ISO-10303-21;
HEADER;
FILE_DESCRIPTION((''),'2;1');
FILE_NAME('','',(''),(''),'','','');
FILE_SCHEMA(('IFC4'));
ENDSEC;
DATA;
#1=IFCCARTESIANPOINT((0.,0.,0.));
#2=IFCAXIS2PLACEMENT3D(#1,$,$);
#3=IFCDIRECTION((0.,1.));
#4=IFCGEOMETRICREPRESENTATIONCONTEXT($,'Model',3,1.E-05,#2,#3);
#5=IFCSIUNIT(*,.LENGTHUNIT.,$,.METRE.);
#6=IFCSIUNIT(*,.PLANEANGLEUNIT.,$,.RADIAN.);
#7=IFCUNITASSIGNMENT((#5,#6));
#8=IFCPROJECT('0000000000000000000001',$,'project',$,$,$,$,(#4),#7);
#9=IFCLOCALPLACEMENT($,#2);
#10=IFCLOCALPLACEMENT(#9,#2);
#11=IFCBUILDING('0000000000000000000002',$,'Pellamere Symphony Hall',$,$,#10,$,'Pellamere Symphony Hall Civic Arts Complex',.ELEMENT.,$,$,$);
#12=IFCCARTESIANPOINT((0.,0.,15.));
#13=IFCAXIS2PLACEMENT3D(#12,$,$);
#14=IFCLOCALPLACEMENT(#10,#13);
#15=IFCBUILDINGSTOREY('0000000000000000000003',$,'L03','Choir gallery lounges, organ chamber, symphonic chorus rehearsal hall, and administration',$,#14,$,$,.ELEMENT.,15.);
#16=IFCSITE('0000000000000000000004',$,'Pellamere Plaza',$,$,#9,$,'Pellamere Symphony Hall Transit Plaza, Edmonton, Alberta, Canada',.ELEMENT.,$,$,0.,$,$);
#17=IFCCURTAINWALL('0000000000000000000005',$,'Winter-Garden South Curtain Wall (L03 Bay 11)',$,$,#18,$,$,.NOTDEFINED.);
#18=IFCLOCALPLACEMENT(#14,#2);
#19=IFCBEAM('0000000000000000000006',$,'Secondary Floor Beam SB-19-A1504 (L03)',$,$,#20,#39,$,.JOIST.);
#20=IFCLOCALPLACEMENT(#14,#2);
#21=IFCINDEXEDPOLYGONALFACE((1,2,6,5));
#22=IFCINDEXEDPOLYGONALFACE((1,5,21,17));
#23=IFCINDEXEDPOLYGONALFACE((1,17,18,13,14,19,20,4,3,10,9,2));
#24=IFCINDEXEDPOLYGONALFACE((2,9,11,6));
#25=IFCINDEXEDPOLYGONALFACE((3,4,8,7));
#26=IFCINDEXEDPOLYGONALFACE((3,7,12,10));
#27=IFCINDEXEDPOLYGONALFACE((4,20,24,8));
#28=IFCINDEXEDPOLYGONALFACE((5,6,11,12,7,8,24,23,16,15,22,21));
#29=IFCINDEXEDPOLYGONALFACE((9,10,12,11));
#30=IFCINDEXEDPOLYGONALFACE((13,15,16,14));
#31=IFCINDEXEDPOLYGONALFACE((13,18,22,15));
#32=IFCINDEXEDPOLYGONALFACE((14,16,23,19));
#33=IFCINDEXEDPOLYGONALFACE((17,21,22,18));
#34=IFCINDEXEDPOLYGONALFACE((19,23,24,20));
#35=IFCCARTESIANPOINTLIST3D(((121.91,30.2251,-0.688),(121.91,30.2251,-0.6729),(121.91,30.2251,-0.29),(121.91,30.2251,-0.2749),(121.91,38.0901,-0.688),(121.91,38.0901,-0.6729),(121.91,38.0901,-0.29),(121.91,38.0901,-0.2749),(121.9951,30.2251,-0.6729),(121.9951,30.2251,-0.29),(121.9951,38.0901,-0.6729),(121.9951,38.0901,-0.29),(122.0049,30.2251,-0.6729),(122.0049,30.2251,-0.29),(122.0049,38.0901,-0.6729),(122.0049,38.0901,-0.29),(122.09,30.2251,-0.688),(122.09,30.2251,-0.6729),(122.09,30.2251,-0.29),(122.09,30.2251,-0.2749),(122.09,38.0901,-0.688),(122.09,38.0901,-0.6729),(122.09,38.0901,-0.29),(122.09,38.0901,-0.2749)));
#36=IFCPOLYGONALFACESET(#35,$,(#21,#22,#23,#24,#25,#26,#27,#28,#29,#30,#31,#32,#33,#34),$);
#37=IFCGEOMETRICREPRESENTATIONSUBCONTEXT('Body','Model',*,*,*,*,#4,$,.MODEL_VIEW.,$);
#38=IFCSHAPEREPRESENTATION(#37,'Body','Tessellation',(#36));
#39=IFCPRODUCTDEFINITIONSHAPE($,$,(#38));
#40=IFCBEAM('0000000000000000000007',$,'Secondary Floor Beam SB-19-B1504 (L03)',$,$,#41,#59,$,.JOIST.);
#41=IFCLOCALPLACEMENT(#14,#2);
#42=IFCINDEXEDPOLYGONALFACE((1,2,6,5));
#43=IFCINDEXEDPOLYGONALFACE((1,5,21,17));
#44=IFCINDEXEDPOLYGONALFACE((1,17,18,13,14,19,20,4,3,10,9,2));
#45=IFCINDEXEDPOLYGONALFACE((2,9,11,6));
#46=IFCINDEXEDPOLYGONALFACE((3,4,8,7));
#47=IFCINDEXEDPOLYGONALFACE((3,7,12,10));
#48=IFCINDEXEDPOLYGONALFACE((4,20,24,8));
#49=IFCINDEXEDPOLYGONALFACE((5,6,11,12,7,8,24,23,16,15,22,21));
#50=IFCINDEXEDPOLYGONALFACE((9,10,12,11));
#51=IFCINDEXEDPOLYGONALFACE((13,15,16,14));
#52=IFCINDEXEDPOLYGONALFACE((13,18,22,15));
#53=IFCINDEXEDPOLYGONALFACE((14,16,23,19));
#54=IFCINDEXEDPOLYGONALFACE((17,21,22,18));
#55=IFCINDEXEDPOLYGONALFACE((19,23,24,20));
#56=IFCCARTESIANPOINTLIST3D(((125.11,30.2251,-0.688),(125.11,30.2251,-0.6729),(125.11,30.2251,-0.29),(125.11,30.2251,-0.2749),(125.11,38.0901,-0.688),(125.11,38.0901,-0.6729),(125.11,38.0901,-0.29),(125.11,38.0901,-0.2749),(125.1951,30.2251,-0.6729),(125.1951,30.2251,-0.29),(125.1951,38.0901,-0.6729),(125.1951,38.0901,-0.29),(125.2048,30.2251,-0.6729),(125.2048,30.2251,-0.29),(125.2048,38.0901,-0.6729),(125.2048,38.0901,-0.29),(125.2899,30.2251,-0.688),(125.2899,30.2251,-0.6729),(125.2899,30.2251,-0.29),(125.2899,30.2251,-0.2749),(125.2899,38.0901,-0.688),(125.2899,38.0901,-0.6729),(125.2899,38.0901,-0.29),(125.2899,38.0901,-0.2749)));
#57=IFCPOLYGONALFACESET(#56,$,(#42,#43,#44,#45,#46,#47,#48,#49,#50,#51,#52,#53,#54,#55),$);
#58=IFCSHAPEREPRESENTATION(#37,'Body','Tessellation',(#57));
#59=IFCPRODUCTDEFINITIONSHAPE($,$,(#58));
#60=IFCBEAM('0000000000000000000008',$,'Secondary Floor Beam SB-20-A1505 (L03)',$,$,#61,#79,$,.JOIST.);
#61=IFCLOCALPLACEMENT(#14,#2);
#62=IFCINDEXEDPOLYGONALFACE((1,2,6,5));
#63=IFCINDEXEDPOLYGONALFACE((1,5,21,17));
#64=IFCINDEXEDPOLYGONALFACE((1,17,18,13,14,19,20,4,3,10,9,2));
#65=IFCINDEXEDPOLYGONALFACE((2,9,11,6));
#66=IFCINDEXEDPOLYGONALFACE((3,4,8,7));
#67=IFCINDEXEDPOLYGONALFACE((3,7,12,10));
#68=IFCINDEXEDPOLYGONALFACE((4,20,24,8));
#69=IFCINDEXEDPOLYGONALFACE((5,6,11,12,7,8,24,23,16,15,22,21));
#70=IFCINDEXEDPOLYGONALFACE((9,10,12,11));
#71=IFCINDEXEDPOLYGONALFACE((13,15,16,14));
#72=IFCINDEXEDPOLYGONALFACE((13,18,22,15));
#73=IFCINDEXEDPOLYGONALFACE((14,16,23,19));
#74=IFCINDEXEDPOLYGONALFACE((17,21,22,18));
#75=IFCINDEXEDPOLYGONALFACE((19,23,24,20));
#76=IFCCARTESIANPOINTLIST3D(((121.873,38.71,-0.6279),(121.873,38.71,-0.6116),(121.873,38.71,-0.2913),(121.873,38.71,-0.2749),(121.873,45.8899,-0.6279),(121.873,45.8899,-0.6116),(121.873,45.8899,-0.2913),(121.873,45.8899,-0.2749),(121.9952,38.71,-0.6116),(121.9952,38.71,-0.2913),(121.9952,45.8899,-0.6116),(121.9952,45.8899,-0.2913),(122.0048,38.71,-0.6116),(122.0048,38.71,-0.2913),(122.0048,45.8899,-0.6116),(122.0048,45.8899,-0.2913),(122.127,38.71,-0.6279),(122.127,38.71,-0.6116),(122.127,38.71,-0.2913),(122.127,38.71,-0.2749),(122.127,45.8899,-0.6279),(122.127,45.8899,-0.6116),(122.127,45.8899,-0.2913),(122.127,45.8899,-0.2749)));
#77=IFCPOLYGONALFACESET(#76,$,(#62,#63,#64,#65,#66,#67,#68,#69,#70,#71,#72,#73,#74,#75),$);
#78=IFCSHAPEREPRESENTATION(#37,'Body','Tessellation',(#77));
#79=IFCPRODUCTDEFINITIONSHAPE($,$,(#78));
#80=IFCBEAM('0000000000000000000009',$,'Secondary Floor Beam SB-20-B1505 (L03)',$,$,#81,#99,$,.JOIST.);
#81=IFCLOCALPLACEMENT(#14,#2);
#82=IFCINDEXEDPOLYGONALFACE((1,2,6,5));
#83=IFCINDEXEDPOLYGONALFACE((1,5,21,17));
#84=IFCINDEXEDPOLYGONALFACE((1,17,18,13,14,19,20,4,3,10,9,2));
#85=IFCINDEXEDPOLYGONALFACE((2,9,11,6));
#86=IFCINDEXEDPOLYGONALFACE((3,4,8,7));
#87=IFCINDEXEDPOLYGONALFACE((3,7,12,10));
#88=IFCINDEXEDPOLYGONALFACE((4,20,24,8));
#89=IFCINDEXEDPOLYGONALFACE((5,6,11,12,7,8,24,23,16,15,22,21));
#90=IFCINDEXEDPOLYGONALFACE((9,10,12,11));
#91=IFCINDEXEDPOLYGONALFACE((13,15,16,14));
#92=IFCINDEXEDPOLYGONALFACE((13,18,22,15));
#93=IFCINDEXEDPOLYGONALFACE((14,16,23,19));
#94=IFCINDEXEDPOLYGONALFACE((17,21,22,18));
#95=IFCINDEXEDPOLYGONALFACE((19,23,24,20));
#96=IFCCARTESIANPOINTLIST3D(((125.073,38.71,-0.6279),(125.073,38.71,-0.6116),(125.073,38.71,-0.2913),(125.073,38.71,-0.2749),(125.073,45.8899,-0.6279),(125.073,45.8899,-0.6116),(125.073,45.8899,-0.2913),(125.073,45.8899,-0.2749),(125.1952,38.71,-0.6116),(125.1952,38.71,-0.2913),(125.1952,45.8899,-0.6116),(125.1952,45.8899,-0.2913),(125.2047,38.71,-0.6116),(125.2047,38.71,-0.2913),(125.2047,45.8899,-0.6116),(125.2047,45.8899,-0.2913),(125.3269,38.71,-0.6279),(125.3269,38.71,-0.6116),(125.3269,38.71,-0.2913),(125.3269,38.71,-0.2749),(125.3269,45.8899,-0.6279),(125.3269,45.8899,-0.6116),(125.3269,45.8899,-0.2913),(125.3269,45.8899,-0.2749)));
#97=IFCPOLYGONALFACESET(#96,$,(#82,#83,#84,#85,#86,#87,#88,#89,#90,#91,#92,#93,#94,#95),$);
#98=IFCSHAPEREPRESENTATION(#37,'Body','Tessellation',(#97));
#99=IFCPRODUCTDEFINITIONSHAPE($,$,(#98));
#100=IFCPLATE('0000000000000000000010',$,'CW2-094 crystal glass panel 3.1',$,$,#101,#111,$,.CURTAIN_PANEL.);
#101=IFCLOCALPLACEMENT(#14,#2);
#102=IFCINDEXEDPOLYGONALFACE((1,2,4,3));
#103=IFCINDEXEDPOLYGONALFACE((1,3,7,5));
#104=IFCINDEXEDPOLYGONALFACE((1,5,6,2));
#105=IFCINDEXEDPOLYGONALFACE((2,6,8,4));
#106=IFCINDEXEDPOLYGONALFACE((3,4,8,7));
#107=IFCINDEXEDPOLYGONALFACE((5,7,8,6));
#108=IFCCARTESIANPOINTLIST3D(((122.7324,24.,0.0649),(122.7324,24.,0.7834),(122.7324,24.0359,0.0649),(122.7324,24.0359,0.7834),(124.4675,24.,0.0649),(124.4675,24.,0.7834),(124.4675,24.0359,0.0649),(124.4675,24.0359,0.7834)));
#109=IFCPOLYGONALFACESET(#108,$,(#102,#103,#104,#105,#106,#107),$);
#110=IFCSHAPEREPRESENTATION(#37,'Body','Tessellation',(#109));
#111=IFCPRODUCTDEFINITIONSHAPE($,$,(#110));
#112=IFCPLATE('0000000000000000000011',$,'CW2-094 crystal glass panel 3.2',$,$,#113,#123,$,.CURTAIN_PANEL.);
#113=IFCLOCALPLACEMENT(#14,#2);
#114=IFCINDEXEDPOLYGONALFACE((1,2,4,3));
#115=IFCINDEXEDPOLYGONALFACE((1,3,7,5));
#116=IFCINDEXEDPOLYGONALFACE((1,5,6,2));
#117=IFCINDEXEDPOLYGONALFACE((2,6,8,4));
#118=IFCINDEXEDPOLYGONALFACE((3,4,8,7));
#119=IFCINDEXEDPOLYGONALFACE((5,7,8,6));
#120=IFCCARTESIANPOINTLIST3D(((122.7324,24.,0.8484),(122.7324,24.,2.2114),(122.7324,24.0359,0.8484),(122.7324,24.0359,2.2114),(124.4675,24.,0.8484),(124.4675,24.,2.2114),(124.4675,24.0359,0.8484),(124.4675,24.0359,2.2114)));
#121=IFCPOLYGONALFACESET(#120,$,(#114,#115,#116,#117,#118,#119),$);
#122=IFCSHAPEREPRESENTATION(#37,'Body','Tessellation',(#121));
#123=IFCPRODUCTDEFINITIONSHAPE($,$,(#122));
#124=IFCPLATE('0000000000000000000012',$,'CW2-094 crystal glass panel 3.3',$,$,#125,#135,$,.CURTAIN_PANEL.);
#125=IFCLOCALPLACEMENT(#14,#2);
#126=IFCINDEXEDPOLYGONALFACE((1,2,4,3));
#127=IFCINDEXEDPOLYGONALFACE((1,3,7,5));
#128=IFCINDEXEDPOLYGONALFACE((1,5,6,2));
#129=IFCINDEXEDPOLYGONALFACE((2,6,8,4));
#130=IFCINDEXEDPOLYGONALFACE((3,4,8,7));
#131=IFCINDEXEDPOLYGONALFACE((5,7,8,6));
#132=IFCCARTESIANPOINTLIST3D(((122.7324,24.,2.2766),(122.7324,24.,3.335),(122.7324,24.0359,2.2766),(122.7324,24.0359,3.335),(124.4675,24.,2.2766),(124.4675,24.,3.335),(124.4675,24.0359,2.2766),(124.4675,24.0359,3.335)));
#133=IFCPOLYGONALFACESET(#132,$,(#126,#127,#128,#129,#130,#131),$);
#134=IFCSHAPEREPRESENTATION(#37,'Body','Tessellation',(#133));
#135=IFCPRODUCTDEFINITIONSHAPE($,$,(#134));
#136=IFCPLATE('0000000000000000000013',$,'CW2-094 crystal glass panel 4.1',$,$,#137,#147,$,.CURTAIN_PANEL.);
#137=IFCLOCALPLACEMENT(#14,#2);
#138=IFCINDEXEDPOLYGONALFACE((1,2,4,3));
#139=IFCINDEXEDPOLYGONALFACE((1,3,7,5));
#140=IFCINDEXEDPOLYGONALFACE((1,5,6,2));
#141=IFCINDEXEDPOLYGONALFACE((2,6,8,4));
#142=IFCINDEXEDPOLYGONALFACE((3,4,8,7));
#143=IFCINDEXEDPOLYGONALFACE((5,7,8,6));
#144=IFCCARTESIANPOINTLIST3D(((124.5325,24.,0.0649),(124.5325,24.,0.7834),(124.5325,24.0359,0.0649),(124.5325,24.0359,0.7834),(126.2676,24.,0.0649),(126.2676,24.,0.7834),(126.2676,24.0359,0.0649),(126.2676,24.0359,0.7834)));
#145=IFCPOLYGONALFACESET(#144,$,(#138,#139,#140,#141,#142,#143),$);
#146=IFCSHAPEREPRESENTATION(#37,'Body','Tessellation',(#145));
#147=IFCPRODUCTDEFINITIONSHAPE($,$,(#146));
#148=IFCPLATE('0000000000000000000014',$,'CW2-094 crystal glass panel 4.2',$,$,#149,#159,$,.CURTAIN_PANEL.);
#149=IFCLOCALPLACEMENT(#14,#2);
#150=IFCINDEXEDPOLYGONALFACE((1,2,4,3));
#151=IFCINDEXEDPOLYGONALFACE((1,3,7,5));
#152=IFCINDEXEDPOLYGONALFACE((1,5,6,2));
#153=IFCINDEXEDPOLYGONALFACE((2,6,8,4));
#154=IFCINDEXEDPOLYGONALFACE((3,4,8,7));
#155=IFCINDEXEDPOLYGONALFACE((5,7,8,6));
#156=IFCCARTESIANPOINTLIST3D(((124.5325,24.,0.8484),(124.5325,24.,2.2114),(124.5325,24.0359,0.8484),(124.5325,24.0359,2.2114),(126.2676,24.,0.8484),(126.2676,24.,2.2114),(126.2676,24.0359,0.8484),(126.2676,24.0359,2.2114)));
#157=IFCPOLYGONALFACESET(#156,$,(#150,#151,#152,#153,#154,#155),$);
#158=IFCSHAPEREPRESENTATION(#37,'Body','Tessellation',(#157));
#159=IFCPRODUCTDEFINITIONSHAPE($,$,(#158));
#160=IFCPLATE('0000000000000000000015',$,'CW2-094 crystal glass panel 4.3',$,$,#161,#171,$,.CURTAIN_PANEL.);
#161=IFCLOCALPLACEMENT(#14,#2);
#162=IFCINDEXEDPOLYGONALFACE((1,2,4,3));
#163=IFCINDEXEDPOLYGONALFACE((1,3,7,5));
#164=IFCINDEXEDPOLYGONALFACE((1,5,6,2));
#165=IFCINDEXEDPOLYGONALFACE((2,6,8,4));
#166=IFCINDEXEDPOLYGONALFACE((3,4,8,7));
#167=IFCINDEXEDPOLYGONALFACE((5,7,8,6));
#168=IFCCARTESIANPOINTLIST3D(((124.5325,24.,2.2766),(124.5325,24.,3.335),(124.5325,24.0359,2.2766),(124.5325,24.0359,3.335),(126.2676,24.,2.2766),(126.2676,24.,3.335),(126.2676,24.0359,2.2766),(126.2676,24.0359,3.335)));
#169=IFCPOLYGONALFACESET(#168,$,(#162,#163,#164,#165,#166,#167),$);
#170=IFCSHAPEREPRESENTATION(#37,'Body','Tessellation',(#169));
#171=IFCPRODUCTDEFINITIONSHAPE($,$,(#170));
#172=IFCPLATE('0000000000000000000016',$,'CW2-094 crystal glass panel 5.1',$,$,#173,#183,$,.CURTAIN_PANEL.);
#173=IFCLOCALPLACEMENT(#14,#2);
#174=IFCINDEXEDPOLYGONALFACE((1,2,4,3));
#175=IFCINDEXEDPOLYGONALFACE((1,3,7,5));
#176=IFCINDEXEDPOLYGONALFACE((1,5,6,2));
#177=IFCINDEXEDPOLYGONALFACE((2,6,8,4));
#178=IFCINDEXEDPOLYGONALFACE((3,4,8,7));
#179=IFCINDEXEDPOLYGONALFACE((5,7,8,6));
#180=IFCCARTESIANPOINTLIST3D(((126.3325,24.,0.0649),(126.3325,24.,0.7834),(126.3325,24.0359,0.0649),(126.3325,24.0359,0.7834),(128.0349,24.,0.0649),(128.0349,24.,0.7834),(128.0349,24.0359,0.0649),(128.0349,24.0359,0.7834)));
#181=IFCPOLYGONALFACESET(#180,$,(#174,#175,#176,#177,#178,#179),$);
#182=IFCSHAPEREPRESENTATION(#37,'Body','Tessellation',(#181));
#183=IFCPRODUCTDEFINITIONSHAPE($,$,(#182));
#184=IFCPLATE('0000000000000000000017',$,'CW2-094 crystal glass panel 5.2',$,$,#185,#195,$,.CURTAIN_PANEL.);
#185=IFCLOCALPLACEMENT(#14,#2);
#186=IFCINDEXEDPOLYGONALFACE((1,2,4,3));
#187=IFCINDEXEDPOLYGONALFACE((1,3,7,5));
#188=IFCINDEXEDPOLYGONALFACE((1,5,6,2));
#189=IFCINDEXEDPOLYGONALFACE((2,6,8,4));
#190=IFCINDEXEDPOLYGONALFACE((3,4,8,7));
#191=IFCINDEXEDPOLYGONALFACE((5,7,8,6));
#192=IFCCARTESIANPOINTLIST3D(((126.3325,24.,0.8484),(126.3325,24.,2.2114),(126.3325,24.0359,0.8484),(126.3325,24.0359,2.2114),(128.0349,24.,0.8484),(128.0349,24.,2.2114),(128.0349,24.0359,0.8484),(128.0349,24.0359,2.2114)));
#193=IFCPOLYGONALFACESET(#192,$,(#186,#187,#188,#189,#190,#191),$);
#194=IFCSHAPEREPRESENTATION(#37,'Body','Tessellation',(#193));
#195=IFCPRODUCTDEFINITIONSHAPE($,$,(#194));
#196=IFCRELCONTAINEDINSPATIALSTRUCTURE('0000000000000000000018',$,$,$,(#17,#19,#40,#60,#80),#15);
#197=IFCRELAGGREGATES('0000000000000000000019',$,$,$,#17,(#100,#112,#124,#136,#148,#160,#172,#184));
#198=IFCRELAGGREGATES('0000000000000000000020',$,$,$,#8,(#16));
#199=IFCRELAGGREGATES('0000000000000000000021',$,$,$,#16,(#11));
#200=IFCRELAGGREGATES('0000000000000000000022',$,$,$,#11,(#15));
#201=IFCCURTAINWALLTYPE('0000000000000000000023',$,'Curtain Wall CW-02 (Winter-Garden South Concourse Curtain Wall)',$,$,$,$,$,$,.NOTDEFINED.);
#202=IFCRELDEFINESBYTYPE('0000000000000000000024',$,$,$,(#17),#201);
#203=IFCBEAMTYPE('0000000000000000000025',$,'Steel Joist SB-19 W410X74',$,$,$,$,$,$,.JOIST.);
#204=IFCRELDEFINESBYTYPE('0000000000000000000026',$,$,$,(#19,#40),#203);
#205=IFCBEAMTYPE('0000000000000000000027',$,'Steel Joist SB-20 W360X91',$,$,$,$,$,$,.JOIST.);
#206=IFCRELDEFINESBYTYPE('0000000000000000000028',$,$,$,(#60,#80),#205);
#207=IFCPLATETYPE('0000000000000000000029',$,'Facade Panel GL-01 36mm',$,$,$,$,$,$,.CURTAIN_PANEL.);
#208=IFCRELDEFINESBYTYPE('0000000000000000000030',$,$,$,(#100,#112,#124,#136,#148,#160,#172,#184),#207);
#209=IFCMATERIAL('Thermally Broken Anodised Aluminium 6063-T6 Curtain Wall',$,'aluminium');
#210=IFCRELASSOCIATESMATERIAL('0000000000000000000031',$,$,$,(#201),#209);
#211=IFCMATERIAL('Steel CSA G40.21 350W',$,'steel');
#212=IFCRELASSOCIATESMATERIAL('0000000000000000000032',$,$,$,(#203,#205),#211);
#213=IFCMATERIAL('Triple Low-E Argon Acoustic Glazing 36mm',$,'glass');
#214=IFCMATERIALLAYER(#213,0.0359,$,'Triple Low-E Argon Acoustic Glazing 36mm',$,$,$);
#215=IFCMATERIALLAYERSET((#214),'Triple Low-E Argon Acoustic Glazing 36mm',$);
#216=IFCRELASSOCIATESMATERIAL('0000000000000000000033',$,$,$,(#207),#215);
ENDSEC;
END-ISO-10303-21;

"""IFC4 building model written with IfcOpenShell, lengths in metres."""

from ifc_helpers import new_model, si_unit, direction, frame, origin, origin_2d, place, context, subcontext, project, spatial, polyline, i_section, outline, extrude, material, layer, layer_set, material_profile, profile_set, type_object, element, aggregate, save


model = new_model("IFC4")

# Units and contexts
model_context = context("Model", 3, precision=1e-05, world=origin(), true_north=direction((0.0, 1.0)))
body_context = subcontext(model_context, "Body", "Model", "MODEL_VIEW")
ifc_project = project(units=[si_unit("LENGTHUNIT", "METRE"), si_unit("PLANEANGLEUNIT", "RADIAN")], contexts=[model_context])

# Site, building, storey
site_placement = place(None, origin())
site = spatial("IfcSite", under=ifc_project, at=site_placement, Name="Pellamere Plaza", LongName="Pellamere Symphony Hall Transit Plaza, Edmonton, Alberta, Canada", CompositionType="ELEMENT", RefElevation=0.0)
building_placement = place(site_placement, origin())
building = spatial("IfcBuilding", under=site, at=building_placement, Name="Pellamere Symphony Hall", LongName="Pellamere Symphony Hall Civic Arts Complex", CompositionType="ELEMENT")
storey_placement = place(building_placement, frame((0.0, 0.0, 15.0)))
storey = spatial("IfcBuildingStorey", under=building, at=storey_placement, Name="L03", Description="Choir gallery lounges, organ chamber, symphonic chorus rehearsal hall, and administration", CompositionType="ELEMENT", Elevation=15.0)

# Curtain wall
ifc_material_1 = material(Name="Thermally Broken Anodised Aluminium 6063-T6 Curtain Wall", Category="aluminium")
curtain_wall_type_1 = type_object("IfcCurtainWallType", Name="Curtain Wall CW-02 (Winter-Garden South Concourse Curtain Wall)", PredefinedType="NOTDEFINED", material=ifc_material_1)
curtain_wall_1_placement = place(storey_placement, origin())
curtain_wall_1 = element("IfcCurtainWall", 1, at=curtain_wall_1_placement, inside=storey, type_object=curtain_wall_type_1, Name="Winter-Garden South Curtain Wall (L03 Bay 11)", PredefinedType="NOTDEFINED")

# Beams
ifc_material_2 = material(Name="Steel CSA G40.21 350W", Category="steel")
ifc_material_profile_1 = material_profile(ifc_material_2, i_section(OverallWidth=0.1799, OverallDepth=0.4131, WebThickness=0.0098, FlangeThickness=0.0151, at=origin_2d()), Name="W410X74")
ifc_profile_set_1 = profile_set([ifc_material_profile_1], Name="Steel CSA G40.21 350W")
beam_type_1 = type_object("IfcBeamType", Name="Steel Joist SB-19 W410X74", PredefinedType="JOIST", material=ifc_profile_set_1)
for number, where, z_axis, x_axis, name in (
    (2, (122.0, 30.2251, -0.4814), (0.0, 1.0, 0.0), (-1.0, 0.0, 0.0), "Secondary Floor Beam SB-19-A1504 (L03)"),
    (3, (125.2, 30.2251, -0.4814), (0.0, 1.0, 0.0), (-1.0, 0.0, 0.0), "Secondary Floor Beam SB-19-B1504 (L03)"),
):
    element("IfcBeam", number, at=place(storey_placement, frame(where, z_axis=z_axis, x_axis=x_axis)), inside=storey, type_object=beam_type_1, Name=name, PredefinedType="JOIST", context=body_context, shape_type="SweptSolid", body=[
        extrude(i_section(OverallWidth=0.1799, OverallDepth=0.4131, WebThickness=0.0098, FlangeThickness=0.0151, at=origin_2d()), origin(), (0.0, 0.0, 1.0), 7.865),
    ])
ifc_material_profile_2 = material_profile(ifc_material_2, i_section(OverallWidth=0.2539, OverallDepth=0.353, WebThickness=0.0095, FlangeThickness=0.0164, at=origin_2d()), Name="W360X91")
ifc_profile_set_2 = profile_set([ifc_material_profile_2], Name="Steel CSA G40.21 350W")
beam_type_2 = type_object("IfcBeamType", Name="Steel Joist SB-20 W360X91", PredefinedType="JOIST", material=ifc_profile_set_2)
for number, where, z_axis, x_axis, name in (
    (4, (122.0, 38.71, -0.4514), (0.0, 1.0, 0.0), (-1.0, 0.0, 0.0), "Secondary Floor Beam SB-20-A1505 (L03)"),
    (5, (125.2, 38.71, -0.4514), (0.0, 1.0, 0.0), (-1.0, 0.0, 0.0), "Secondary Floor Beam SB-20-B1505 (L03)"),
):
    element("IfcBeam", number, at=place(storey_placement, frame(where, z_axis=z_axis, x_axis=x_axis)), inside=storey, type_object=beam_type_2, Name=name, PredefinedType="JOIST", context=body_context, shape_type="SweptSolid", body=[
        extrude(i_section(OverallWidth=0.2539, OverallDepth=0.353, WebThickness=0.0095, FlangeThickness=0.0164, at=origin_2d()), origin(), (0.0, 0.0, 1.0), 7.1799),
    ])

# Plates
ifc_material_3 = material(Name="Triple Low-E Argon Acoustic Glazing 36mm", Category="glass")
ifc_layer = layer(ifc_material_3, 0.0359, Name="Triple Low-E Argon Acoustic Glazing 36mm")
ifc_layer_set = layer_set([ifc_layer], Name="Triple Low-E Argon Acoustic Glazing 36mm")
plate_type = type_object("IfcPlateType", Name="Facade Panel GL-01 36mm", PredefinedType="CURTAIN_PANEL", material=ifc_layer_set)
plate_1_placement = place(storey_placement, frame((122.7324, 24.0, 0.0649), z_axis=(0.0, -1.0, 0.0), x_axis=(1.0, 0.0, 0.0)))
plate_1 = element("IfcPlate", 6, at=plate_1_placement, type_object=plate_type, Name="CW2-094 crystal glass panel 3.1", PredefinedType="CURTAIN_PANEL", context=body_context, shape_type="SweptSolid", body=[
    extrude(outline(polyline([(0.0, 0.0), (1.7351, 0.0), (1.7351, 0.7185), (0.0, 0.7185), (0.0, 0.0)])), origin(), (0.0, 0.0, -1.0), 0.0359),
])
plate_2_placement = place(storey_placement, frame((122.7324, 24.0, 0.8484), z_axis=(0.0, -1.0, 0.0), x_axis=(1.0, 0.0, 0.0)))
plate_2 = element("IfcPlate", 7, at=plate_2_placement, type_object=plate_type, Name="CW2-094 crystal glass panel 3.2", PredefinedType="CURTAIN_PANEL", context=body_context, shape_type="SweptSolid", body=[
    extrude(outline(polyline([(0.0, 0.0), (1.7351, 0.0), (1.7351, 1.363), (0.0, 1.363), (0.0, 0.0)])), origin(), (0.0, 0.0, -1.0), 0.0359),
])
plate_3_placement = place(storey_placement, frame((122.7324, 24.0, 2.2766), z_axis=(0.0, -1.0, 0.0), x_axis=(1.0, 0.0, 0.0)))
plate_3 = element("IfcPlate", 8, at=plate_3_placement, type_object=plate_type, Name="CW2-094 crystal glass panel 3.3", PredefinedType="CURTAIN_PANEL", context=body_context, shape_type="SweptSolid", body=[
    extrude(outline(polyline([(0.0, 0.0), (1.7351, 0.0), (1.7351, 1.0583), (0.0, 1.0583), (0.0, 0.0)])), origin(), (0.0, 0.0, -1.0), 0.0359),
])
plate_4_placement = place(storey_placement, frame((124.5325, 24.0, 0.0649), z_axis=(0.0, -1.0, 0.0), x_axis=(1.0, 0.0, 0.0)))
plate_4 = element("IfcPlate", 9, at=plate_4_placement, type_object=plate_type, Name="CW2-094 crystal glass panel 4.1", PredefinedType="CURTAIN_PANEL", context=body_context, shape_type="SweptSolid", body=[
    extrude(outline(polyline([(0.0, 0.0), (1.7351, 0.0), (1.7351, 0.7185), (0.0, 0.7185), (0.0, 0.0)])), origin(), (0.0, 0.0, -1.0), 0.0359),
])
plate_5_placement = place(storey_placement, frame((124.5325, 24.0, 0.8484), z_axis=(0.0, -1.0, 0.0), x_axis=(1.0, 0.0, 0.0)))
plate_5 = element("IfcPlate", 10, at=plate_5_placement, type_object=plate_type, Name="CW2-094 crystal glass panel 4.2", PredefinedType="CURTAIN_PANEL", context=body_context, shape_type="SweptSolid", body=[
    extrude(outline(polyline([(0.0, 0.0), (1.7351, 0.0), (1.7351, 1.363), (0.0, 1.363), (0.0, 0.0)])), origin(), (0.0, 0.0, -1.0), 0.0359),
])
plate_6_placement = place(storey_placement, frame((124.5325, 24.0, 2.2766), z_axis=(0.0, -1.0, 0.0), x_axis=(1.0, 0.0, 0.0)))
plate_6 = element("IfcPlate", 11, at=plate_6_placement, type_object=plate_type, Name="CW2-094 crystal glass panel 4.3", PredefinedType="CURTAIN_PANEL", context=body_context, shape_type="SweptSolid", body=[
    extrude(outline(polyline([(0.0, 0.0), (1.7351, 0.0), (1.7351, 1.0583), (0.0, 1.0583), (0.0, 0.0)])), origin(), (0.0, 0.0, -1.0), 0.0359),
])
plate_7_placement = place(storey_placement, frame((126.3325, 24.0, 0.0649), z_axis=(0.0, -1.0, 0.0), x_axis=(1.0, 0.0, 0.0)))
plate_7 = element("IfcPlate", 12, at=plate_7_placement, type_object=plate_type, Name="CW2-094 crystal glass panel 5.1", PredefinedType="CURTAIN_PANEL", context=body_context, shape_type="SweptSolid", body=[
    extrude(outline(polyline([(0.0, 0.0), (1.7024, 0.0), (1.7024, 0.7185), (0.0, 0.7185), (0.0, 0.0)])), origin(), (0.0, 0.0, -1.0), 0.0359),
])
plate_8_placement = place(storey_placement, frame((126.3325, 24.0, 0.8484), z_axis=(0.0, -1.0, 0.0), x_axis=(1.0, 0.0, 0.0)))
plate_8 = element("IfcPlate", 13, at=plate_8_placement, type_object=plate_type, Name="CW2-094 crystal glass panel 5.2", PredefinedType="CURTAIN_PANEL", context=body_context, shape_type="SweptSolid", body=[
    extrude(outline(polyline([(0.0, 0.0), (1.7024, 0.0), (1.7024, 1.363), (0.0, 1.363), (0.0, 0.0)])), origin(), (0.0, 0.0, -1.0), 0.0359),
])
aggregate(curtain_wall_1, [plate_1, plate_2, plate_3, plate_4, plate_5, plate_6, plate_7, plate_8])

save(model, "model.ifc")
